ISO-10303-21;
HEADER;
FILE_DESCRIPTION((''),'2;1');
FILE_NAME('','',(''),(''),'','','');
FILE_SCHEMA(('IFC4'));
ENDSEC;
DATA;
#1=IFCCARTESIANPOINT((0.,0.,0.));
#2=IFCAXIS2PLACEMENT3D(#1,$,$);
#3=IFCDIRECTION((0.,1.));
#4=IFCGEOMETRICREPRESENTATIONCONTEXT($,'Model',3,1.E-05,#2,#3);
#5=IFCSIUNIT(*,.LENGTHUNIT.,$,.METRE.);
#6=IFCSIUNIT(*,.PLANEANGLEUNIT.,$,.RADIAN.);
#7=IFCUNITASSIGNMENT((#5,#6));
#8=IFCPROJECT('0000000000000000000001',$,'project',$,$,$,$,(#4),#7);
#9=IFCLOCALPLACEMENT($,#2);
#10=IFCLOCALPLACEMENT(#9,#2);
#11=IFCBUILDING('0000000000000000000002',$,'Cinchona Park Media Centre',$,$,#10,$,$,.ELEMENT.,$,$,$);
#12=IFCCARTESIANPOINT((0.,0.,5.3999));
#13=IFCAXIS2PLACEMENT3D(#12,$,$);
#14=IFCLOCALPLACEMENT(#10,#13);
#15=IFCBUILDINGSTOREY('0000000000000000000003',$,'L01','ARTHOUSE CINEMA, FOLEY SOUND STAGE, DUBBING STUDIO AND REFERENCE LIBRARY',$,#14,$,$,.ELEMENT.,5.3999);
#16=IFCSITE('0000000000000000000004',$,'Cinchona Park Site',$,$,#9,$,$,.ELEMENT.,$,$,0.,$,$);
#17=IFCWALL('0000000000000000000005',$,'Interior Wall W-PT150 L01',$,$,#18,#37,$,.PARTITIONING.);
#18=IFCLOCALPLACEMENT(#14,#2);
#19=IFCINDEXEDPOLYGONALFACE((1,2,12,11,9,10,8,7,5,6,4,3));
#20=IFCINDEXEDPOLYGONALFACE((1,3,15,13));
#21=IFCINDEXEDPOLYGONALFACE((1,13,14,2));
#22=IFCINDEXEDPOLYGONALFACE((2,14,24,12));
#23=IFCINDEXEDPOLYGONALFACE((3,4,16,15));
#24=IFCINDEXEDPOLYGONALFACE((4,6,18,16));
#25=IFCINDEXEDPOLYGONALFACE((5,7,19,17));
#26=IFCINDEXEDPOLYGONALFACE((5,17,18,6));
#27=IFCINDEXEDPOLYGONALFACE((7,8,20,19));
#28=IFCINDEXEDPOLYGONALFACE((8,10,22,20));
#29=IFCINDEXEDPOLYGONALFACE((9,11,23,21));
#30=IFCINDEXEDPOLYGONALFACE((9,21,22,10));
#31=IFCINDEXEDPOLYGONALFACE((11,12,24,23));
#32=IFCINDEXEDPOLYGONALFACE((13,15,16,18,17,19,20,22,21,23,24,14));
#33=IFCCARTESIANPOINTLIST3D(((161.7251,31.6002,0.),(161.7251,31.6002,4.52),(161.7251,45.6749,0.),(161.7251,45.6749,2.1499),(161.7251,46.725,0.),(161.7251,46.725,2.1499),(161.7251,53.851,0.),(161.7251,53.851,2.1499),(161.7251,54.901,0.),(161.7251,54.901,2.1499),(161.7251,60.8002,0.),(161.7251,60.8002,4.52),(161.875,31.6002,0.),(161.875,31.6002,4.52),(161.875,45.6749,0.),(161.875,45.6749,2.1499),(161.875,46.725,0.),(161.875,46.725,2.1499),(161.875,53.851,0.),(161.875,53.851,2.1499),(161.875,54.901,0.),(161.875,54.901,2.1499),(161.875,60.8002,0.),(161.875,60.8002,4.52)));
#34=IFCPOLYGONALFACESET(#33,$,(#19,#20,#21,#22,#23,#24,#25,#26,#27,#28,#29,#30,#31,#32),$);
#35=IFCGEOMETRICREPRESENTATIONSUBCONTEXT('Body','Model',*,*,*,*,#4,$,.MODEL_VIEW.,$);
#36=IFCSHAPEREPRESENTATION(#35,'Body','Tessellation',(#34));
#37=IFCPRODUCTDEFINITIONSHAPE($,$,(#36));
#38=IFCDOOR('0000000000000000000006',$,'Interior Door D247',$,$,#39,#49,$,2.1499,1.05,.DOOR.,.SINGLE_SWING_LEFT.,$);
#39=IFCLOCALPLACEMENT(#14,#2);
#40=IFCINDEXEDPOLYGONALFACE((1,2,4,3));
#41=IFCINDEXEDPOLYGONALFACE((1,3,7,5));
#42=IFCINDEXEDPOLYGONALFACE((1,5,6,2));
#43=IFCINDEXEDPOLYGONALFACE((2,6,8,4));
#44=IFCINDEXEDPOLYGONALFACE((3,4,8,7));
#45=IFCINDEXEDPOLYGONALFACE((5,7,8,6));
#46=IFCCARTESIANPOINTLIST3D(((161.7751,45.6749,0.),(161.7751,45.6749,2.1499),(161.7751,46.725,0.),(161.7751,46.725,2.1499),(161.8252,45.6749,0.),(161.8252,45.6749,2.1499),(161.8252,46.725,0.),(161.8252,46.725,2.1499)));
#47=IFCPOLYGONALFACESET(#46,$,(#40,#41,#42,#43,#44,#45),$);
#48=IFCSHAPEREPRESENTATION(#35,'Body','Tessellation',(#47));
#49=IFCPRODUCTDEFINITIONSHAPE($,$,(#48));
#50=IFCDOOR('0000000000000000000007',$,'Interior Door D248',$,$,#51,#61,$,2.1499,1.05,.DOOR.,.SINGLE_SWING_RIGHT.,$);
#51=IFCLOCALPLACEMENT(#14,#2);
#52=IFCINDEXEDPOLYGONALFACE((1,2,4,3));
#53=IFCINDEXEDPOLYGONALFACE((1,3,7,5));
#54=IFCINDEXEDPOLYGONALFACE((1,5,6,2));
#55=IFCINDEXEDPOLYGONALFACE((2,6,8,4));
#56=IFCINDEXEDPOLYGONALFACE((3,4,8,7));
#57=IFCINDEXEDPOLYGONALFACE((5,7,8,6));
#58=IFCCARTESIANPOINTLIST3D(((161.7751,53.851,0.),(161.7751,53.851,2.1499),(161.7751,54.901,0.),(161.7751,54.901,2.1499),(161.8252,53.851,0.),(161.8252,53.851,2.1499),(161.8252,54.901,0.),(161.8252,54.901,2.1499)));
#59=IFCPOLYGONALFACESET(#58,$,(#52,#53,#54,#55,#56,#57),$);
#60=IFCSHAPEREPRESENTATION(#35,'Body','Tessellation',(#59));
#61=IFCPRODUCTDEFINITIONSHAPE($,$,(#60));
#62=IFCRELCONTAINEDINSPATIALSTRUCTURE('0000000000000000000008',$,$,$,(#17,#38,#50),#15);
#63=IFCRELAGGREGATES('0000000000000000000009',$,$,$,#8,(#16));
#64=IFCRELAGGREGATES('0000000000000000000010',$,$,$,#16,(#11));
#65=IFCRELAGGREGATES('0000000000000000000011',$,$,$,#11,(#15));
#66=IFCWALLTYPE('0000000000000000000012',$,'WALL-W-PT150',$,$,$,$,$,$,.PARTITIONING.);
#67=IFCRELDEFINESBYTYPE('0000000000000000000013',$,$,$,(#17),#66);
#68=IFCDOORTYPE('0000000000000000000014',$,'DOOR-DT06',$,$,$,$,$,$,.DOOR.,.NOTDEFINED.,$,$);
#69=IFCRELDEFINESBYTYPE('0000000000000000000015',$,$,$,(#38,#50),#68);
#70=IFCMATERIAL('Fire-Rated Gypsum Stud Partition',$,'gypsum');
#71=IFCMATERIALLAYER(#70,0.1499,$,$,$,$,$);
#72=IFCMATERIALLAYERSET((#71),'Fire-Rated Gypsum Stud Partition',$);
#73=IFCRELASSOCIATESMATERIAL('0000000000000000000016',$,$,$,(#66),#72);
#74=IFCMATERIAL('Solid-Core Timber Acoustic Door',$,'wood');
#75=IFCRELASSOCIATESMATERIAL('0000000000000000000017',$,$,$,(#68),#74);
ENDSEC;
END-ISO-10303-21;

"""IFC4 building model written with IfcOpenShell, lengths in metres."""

from ifc_helpers import new_model, si_unit, direction, frame, frame_2d, origin, place, context, subcontext, project, spatial, rectangle, extrude, material, layer, layer_set, type_object, element, fill, save


model = new_model("IFC4")

# Units and contexts
model_context = context("Model", 3, precision=1e-05, world=origin(), true_north=direction((0.0, 1.0)))
body_context = subcontext(model_context, "Body", "Model", "MODEL_VIEW")
ifc_project = project(units=[si_unit("LENGTHUNIT", "METRE"), si_unit("PLANEANGLEUNIT", "RADIAN")], contexts=[model_context])

# Site, building, storey
site_placement = place(None, origin())
site = spatial("IfcSite", under=ifc_project, at=site_placement, Name="Cinchona Park Site", CompositionType="ELEMENT", RefElevation=0.0)
building_placement = place(site_placement, origin())
building = spatial("IfcBuilding", under=site, at=building_placement, Name="Cinchona Park Media Centre", CompositionType="ELEMENT")
storey_placement = place(building_placement, frame((0.0, 0.0, 5.3999)))
storey = spatial("IfcBuildingStorey", under=building, at=storey_placement, Name="L01", Description="ARTHOUSE CINEMA, FOLEY SOUND STAGE, DUBBING STUDIO AND REFERENCE LIBRARY", CompositionType="ELEMENT", Elevation=5.3999)

# Wall, openings, doors
ifc_material_1 = material(Name="Fire-Rated Gypsum Stud Partition", Category="gypsum")
ifc_layer = layer(ifc_material_1, 0.1499)
ifc_layer_set = layer_set([ifc_layer], Name="Fire-Rated Gypsum Stud Partition")
wall_type = type_object("IfcWallType", Name="WALL-W-PT150", PredefinedType="PARTITIONING", material=ifc_layer_set)
wall_placement = place(storey_placement, frame((161.8, 31.6001, 0.0), z_axis=(0.0, 0.0, 1.0), x_axis=(0.0, 1.0, 0.0)))
wall = element("IfcWall", 1, at=wall_placement, inside=storey, type_object=wall_type, Name="Interior Wall W-PT150 L01", PredefinedType="PARTITIONING", context=body_context, shape_type="SweptSolid", body=[
    extrude(rectangle(XDim=29.2, YDim=0.1499, at=frame_2d((14.6001, 0.0))), origin(), (0.0, 0.0, 1.0), 4.52),
])
opening_1_placement = place(wall_placement, frame((14.075, 0.0, 0.0)))
opening_1 = element("IfcOpeningElement", 2, at=opening_1_placement, cuts=wall, PredefinedType="OPENING", context=body_context, shape_type="SweptSolid", body=[
    extrude(rectangle(XDim=1.05, YDim=2.1499, at=frame_2d((0.5249, 1.075))), frame((0.0, 0.085, 0.0), z_axis=(0.0, -1.0, 0.0), x_axis=(1.0, 0.0, 0.0)), (0.0, 0.0, 1.0), 0.1699),
])
opening_2_placement = place(wall_placement, frame((22.251, 0.0, 0.0)))
opening_2 = element("IfcOpeningElement", 3, at=opening_2_placement, cuts=wall, PredefinedType="OPENING", context=body_context, shape_type="SweptSolid", body=[
    extrude(rectangle(XDim=1.05, YDim=2.1499, at=frame_2d((0.5249, 1.075))), frame((0.0, 0.085, 0.0), z_axis=(0.0, -1.0, 0.0), x_axis=(1.0, 0.0, 0.0)), (0.0, 0.0, 1.0), 0.1699),
])
ifc_material_2 = material(Name="Solid-Core Timber Acoustic Door", Category="wood")
door_type = type_object("IfcDoorType", Name="DOOR-DT06", OperationType="NOTDEFINED", PredefinedType="DOOR", material=ifc_material_2)
door_1_placement = place(opening_1_placement, origin())
door_1 = element("IfcDoor", 4, at=door_1_placement, inside=storey, type_object=door_type, Name="Interior Door D247", OperationType="SINGLE_SWING_LEFT", OverallHeight=2.1499, OverallWidth=1.05, PredefinedType="DOOR", context=body_context, shape_type="SweptSolid", body=[
    extrude(rectangle(XDim=1.05, YDim=2.1499, at=frame_2d((0.5249, 1.075))), frame((0.0, 0.0249, 0.0), z_axis=(0.0, -1.0, 0.0), x_axis=(1.0, 0.0, 0.0)), (0.0, 0.0, 1.0), 0.05),
])
fill(opening_1, door_1)
door_2_placement = place(opening_2_placement, origin())
door_2 = element("IfcDoor", 5, at=door_2_placement, inside=storey, type_object=door_type, Name="Interior Door D248", OperationType="SINGLE_SWING_RIGHT", OverallHeight=2.1499, OverallWidth=1.05, PredefinedType="DOOR", context=body_context, shape_type="SweptSolid", body=[
    extrude(rectangle(XDim=1.05, YDim=2.1499, at=frame_2d((0.5249, 1.075))), frame((0.0, 0.0249, 0.0), z_axis=(0.0, -1.0, 0.0), x_axis=(1.0, 0.0, 0.0)), (0.0, 0.0, 1.0), 0.05),
])
fill(opening_2, door_2)

save(model, "model.ifc")
